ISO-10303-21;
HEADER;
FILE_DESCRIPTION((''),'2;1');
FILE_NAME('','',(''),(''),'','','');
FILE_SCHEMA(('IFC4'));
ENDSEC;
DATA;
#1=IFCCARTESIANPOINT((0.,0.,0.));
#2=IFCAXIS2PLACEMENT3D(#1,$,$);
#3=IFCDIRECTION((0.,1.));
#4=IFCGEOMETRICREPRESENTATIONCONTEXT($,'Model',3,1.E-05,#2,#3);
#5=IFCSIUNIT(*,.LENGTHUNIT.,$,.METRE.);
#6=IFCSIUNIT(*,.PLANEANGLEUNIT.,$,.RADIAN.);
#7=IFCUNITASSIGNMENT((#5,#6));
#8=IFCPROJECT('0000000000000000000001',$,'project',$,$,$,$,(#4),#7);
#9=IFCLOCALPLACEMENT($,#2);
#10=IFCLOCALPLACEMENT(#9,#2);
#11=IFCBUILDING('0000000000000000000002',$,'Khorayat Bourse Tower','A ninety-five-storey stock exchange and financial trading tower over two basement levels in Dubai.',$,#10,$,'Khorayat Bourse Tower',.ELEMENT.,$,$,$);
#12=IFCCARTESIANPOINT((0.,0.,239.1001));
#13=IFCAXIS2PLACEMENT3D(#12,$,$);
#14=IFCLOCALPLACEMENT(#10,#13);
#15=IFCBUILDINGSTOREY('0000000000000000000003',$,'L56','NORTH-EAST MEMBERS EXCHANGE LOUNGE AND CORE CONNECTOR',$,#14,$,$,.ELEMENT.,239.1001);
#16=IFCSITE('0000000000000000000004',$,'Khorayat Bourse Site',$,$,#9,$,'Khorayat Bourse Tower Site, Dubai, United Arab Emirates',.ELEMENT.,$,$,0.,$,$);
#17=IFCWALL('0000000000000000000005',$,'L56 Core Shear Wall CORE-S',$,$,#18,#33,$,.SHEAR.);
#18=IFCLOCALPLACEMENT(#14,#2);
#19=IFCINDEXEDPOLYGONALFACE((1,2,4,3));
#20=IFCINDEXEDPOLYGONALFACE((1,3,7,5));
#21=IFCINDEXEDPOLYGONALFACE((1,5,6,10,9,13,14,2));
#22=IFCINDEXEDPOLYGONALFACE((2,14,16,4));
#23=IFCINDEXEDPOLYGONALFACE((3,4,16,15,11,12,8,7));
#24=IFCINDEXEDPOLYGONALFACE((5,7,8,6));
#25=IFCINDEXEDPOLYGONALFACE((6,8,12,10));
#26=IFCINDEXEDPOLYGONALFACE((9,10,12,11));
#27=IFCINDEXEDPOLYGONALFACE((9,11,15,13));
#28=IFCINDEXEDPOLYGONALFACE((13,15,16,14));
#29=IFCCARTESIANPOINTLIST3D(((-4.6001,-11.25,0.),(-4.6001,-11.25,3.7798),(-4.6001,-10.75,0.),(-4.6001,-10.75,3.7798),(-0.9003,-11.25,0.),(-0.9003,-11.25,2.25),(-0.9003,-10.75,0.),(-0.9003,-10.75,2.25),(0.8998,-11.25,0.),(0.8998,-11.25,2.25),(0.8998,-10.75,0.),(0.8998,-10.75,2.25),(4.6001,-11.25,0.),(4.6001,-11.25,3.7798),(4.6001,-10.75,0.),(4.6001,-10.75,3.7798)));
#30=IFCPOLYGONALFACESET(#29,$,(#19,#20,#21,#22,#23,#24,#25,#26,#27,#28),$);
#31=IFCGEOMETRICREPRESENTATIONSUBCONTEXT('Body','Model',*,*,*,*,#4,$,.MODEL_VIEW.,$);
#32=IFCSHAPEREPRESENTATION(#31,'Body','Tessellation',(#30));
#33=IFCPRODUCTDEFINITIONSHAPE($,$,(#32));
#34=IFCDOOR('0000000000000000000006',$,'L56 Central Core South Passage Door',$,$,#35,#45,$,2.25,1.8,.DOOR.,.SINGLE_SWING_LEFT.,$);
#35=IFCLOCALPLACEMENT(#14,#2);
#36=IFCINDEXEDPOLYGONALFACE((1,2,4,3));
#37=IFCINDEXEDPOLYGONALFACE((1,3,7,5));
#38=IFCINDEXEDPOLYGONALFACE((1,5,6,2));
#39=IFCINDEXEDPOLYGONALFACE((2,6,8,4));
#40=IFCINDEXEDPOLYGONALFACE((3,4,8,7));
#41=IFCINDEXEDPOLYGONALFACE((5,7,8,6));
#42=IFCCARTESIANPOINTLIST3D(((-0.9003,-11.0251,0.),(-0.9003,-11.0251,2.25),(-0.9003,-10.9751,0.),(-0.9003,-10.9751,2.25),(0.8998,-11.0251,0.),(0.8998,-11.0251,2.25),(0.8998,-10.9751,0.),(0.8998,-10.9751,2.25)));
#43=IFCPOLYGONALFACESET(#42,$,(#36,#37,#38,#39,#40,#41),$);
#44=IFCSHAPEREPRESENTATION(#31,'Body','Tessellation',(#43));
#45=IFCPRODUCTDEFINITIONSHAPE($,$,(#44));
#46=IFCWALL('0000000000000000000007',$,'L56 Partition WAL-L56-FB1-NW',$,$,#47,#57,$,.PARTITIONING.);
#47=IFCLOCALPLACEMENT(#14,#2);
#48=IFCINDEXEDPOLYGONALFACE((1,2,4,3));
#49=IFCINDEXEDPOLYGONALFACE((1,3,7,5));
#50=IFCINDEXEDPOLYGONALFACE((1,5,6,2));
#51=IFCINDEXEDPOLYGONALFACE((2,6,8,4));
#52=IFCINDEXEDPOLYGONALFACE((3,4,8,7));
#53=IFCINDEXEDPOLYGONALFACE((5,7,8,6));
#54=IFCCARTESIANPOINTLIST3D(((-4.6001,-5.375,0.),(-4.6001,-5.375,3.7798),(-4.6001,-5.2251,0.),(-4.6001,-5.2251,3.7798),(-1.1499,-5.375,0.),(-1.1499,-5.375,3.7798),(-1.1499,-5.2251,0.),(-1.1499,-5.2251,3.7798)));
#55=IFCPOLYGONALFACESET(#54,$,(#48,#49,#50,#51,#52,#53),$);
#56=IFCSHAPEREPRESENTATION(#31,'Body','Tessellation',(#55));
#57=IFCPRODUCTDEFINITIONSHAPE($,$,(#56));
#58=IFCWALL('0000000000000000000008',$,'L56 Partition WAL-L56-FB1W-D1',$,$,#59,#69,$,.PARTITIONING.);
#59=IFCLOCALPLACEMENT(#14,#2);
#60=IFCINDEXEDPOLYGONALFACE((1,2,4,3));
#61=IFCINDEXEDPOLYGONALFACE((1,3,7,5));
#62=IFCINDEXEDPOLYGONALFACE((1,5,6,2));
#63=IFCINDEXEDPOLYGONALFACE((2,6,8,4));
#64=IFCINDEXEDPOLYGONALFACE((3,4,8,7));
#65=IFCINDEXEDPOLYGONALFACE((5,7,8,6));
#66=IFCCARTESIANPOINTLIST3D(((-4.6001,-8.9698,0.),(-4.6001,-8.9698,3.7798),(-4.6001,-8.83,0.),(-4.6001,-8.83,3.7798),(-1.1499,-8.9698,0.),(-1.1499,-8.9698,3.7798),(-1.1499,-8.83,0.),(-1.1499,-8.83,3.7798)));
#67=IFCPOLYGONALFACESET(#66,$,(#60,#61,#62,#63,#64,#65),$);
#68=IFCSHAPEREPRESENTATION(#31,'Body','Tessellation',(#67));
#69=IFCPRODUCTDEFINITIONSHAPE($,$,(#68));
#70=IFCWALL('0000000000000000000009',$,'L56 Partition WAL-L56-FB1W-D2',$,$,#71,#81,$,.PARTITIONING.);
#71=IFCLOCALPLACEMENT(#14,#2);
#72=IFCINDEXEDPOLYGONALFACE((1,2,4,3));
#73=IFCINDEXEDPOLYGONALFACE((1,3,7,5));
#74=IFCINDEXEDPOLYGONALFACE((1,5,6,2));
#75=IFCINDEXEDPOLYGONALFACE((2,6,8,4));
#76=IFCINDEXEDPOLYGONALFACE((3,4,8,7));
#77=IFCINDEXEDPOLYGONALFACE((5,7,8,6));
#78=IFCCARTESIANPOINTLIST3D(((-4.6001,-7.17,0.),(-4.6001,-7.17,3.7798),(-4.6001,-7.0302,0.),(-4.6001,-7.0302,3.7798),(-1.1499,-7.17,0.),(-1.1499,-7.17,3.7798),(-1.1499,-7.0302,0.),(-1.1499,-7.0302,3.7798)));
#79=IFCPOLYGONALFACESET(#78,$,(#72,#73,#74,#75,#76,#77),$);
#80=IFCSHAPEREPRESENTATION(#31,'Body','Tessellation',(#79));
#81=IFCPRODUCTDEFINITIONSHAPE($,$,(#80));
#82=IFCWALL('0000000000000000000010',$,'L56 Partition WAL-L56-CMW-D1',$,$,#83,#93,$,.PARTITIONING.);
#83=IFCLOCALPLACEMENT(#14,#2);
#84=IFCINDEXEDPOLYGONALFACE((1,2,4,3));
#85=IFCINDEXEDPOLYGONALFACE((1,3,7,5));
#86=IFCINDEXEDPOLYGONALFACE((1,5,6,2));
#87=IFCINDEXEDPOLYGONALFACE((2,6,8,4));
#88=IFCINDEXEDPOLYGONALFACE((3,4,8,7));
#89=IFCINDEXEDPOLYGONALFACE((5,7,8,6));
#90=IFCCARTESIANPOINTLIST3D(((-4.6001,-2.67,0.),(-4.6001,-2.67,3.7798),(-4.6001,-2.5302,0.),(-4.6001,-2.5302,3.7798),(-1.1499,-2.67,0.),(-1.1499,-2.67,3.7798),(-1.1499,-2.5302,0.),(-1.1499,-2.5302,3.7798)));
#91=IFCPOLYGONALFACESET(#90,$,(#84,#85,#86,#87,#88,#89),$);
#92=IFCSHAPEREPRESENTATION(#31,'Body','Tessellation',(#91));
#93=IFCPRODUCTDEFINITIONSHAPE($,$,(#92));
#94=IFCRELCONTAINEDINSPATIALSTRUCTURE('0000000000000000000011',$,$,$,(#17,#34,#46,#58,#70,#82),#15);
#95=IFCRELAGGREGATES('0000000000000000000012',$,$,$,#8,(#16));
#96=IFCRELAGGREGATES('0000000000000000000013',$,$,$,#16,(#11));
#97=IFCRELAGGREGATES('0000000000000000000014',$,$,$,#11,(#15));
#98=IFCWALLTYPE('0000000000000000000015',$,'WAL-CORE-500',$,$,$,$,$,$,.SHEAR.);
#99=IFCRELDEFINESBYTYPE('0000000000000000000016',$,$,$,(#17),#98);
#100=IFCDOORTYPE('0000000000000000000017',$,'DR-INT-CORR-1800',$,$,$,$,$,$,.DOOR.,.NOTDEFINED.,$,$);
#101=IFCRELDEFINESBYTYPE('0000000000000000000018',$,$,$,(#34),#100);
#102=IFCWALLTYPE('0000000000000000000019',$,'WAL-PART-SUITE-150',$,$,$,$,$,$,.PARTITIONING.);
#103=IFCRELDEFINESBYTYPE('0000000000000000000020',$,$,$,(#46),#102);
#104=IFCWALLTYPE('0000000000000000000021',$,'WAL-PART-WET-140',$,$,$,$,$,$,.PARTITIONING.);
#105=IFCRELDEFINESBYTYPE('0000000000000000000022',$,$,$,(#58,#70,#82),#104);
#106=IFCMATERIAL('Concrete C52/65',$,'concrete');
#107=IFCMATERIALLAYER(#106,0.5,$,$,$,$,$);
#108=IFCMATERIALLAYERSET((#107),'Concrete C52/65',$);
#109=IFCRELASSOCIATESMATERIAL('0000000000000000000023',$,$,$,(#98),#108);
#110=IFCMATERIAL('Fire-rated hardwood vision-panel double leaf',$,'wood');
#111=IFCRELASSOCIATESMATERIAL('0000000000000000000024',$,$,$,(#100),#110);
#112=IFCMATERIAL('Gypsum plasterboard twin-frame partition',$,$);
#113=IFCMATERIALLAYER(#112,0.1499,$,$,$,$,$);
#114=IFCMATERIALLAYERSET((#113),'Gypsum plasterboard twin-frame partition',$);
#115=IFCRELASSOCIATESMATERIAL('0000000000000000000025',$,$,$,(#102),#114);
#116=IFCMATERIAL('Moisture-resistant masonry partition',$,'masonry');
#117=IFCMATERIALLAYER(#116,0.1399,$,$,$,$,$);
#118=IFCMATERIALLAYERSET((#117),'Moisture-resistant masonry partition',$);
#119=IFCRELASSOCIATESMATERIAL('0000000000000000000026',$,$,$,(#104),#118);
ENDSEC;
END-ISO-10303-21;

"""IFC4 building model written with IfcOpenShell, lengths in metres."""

from ifc_helpers import new_model, si_unit, direction, frame, frame_2d, origin, place, context, subcontext, project, spatial, rectangle, extrude, source, transform, mapped, material, layer, layer_set, type_object, element, fill, save


model = new_model("IFC4")

# Units and contexts
model_context = context("Model", 3, precision=1e-05, world=origin(), true_north=direction((0.0, 1.0)))
body_context = subcontext(model_context, "Body", "Model", "MODEL_VIEW")
ifc_project = project(units=[si_unit("LENGTHUNIT", "METRE"), si_unit("PLANEANGLEUNIT", "RADIAN")], contexts=[model_context])

# Site, building, storey
site_placement = place(None, origin())
site = spatial("IfcSite", under=ifc_project, at=site_placement, Name="Khorayat Bourse Site", LongName="Khorayat Bourse Tower Site, Dubai, United Arab Emirates", CompositionType="ELEMENT", RefElevation=0.0)
building_placement = place(site_placement, origin())
building = spatial("IfcBuilding", under=site, at=building_placement, Name="Khorayat Bourse Tower", Description="A ninety-five-storey stock exchange and financial trading tower over two basement levels in Dubai.", LongName="Khorayat Bourse Tower", CompositionType="ELEMENT")
storey_placement = place(building_placement, frame((0.0, 0.0, 239.1001)))
storey = spatial("IfcBuildingStorey", under=building, at=storey_placement, Name="L56", Description="NORTH-EAST MEMBERS EXCHANGE LOUNGE AND CORE CONNECTOR", CompositionType="ELEMENT", Elevation=239.1001)

# Shared definitions
ifc_material_1 = material(Name="Concrete C52/65", Category="concrete")
ifc_layer_1 = layer(ifc_material_1, 0.5)
ifc_layer_set_1 = layer_set([ifc_layer_1], Name="Concrete C52/65")
wall_type_1 = type_object("IfcWallType", Name="WAL-CORE-500", PredefinedType="SHEAR", material=ifc_layer_set_1)

# Wall, opening, door
shared_shape_1 = source(origin(), body_context, "Body", "SweptSolid", [
    extrude(rectangle(XDim=9.2002, YDim=0.5, at=frame_2d((4.6001, 0.0))), origin(), (0.0, 0.0, 1.0), 3.7798),
])
wall_1_placement = place(storey_placement, frame((-4.6001, -11.0, 0.0), z_axis=(0.0, 0.0, 1.0), x_axis=(1.0, 0.0, 0.0)))
wall_1 = element("IfcWall", 1, at=wall_1_placement, inside=storey, type_object=wall_type_1, Name="L56 Core Shear Wall CORE-S", PredefinedType="SHEAR", context=body_context, shape_type="MappedRepresentation", body=[
    mapped(shared_shape_1, transform((0.0, 0.0, 0.0), scale=1.0)),
])
shared_shape_2 = source(origin(), body_context, "Body", "SweptSolid", [
    extrude(rectangle(XDim=1.8, YDim=2.25, at=frame_2d((0.8999, 1.125))), frame((0.0, 0.26, 0.0), z_axis=(0.0, -1.0, 0.0), x_axis=(1.0, 0.0, 0.0)), (0.0, 0.0, 1.0), 0.52),
])
opening_1_placement = place(wall_1_placement, frame((3.7, 0.0, 0.0)))
opening_1 = element("IfcOpeningElement", 2, at=opening_1_placement, cuts=wall_1, PredefinedType="OPENING", context=body_context, shape_type="MappedRepresentation", body=[
    mapped(shared_shape_2, transform((0.0, 0.0, 0.0), scale=1.0)),
])
ifc_material_2 = material(Name="Fire-rated hardwood vision-panel double leaf", Category="wood")
door_type_1 = type_object("IfcDoorType", Name="DR-INT-CORR-1800", OperationType="NOTDEFINED", PredefinedType="DOOR", material=ifc_material_2)
shared_shape_3 = source(origin(), body_context, "Body", "SweptSolid", [
    extrude(rectangle(XDim=1.8, YDim=2.25, at=frame_2d((0.8999, 1.125))), frame((0.0, 0.0249, 0.0), z_axis=(0.0, -1.0, 0.0), x_axis=(1.0, 0.0, 0.0)), (0.0, 0.0, 1.0), 0.05),
])
door_1_placement = place(opening_1_placement, origin())
door_1 = element("IfcDoor", 3, at=door_1_placement, inside=storey, type_object=door_type_1, Name="L56 Central Core South Passage Door", OperationType="SINGLE_SWING_LEFT", OverallHeight=2.25, OverallWidth=1.8, PredefinedType="DOOR", context=body_context, shape_type="MappedRepresentation", body=[
    mapped(shared_shape_3, transform((0.0, 0.0, 0.0), scale=1.0)),
])
fill(opening_1, door_1)

# Walls
ifc_material_3 = material(Name="Gypsum plasterboard twin-frame partition")
ifc_layer_2 = layer(ifc_material_3, 0.1499)
ifc_layer_set_2 = layer_set([ifc_layer_2], Name="Gypsum plasterboard twin-frame partition")
wall_type_2 = type_object("IfcWallType", Name="WAL-PART-SUITE-150", PredefinedType="PARTITIONING", material=ifc_layer_set_2)
shared_shape_4 = source(origin(), body_context, "Body", "SweptSolid", [
    extrude(rectangle(XDim=3.4502, YDim=0.1499, at=frame_2d((1.7251, 0.0))), origin(), (0.0, 0.0, 1.0), 3.7798),
])
wall_2_placement = place(storey_placement, frame((-4.6001, -5.3, 0.0), z_axis=(0.0, 0.0, 1.0), x_axis=(1.0, 0.0, 0.0)))
element("IfcWall", 4, at=wall_2_placement, inside=storey, type_object=wall_type_2, Name="L56 Partition WAL-L56-FB1-NW", PredefinedType="PARTITIONING", context=body_context, shape_type="MappedRepresentation", body=[
    mapped(shared_shape_4, transform((0.0, 0.0, 0.0), scale=1.0)),
])
ifc_material_4 = material(Name="Moisture-resistant masonry partition", Category="masonry")
ifc_layer_3 = layer(ifc_material_4, 0.1399)
ifc_layer_set_3 = layer_set([ifc_layer_3], Name="Moisture-resistant masonry partition")
wall_type_3 = type_object("IfcWallType", Name="WAL-PART-WET-140", PredefinedType="PARTITIONING", material=ifc_layer_set_3)
shared_shape_5 = source(origin(), body_context, "Body", "SweptSolid", [
    extrude(rectangle(XDim=3.4502, YDim=0.1399, at=frame_2d((1.7251, 0.0))), origin(), (0.0, 0.0, 1.0), 3.7798),
])
for number, where, z_axis, x_axis, name in (
    (5, (-4.6001, -8.8999, 0.0), (0.0, 0.0, 1.0), (1.0, 0.0, 0.0), "L56 Partition WAL-L56-FB1W-D1"),
    (6, (-4.6001, -7.1001, 0.0), (0.0, 0.0, 1.0), (1.0, 0.0, 0.0), "L56 Partition WAL-L56-FB1W-D2"),
    (7, (-4.6001, -2.6001, 0.0), (0.0, 0.0, 1.0), (1.0, 0.0, 0.0), "L56 Partition WAL-L56-CMW-D1"),
):
    element("IfcWall", number, at=place(storey_placement, frame(where, z_axis=z_axis, x_axis=x_axis)), inside=storey, type_object=wall_type_3, Name=name, PredefinedType="PARTITIONING", context=body_context, shape_type="MappedRepresentation", body=[
        mapped(shared_shape_5, transform((0.0, 0.0, 0.0), scale=1.0)),
    ])

save(model, "model.ifc")
